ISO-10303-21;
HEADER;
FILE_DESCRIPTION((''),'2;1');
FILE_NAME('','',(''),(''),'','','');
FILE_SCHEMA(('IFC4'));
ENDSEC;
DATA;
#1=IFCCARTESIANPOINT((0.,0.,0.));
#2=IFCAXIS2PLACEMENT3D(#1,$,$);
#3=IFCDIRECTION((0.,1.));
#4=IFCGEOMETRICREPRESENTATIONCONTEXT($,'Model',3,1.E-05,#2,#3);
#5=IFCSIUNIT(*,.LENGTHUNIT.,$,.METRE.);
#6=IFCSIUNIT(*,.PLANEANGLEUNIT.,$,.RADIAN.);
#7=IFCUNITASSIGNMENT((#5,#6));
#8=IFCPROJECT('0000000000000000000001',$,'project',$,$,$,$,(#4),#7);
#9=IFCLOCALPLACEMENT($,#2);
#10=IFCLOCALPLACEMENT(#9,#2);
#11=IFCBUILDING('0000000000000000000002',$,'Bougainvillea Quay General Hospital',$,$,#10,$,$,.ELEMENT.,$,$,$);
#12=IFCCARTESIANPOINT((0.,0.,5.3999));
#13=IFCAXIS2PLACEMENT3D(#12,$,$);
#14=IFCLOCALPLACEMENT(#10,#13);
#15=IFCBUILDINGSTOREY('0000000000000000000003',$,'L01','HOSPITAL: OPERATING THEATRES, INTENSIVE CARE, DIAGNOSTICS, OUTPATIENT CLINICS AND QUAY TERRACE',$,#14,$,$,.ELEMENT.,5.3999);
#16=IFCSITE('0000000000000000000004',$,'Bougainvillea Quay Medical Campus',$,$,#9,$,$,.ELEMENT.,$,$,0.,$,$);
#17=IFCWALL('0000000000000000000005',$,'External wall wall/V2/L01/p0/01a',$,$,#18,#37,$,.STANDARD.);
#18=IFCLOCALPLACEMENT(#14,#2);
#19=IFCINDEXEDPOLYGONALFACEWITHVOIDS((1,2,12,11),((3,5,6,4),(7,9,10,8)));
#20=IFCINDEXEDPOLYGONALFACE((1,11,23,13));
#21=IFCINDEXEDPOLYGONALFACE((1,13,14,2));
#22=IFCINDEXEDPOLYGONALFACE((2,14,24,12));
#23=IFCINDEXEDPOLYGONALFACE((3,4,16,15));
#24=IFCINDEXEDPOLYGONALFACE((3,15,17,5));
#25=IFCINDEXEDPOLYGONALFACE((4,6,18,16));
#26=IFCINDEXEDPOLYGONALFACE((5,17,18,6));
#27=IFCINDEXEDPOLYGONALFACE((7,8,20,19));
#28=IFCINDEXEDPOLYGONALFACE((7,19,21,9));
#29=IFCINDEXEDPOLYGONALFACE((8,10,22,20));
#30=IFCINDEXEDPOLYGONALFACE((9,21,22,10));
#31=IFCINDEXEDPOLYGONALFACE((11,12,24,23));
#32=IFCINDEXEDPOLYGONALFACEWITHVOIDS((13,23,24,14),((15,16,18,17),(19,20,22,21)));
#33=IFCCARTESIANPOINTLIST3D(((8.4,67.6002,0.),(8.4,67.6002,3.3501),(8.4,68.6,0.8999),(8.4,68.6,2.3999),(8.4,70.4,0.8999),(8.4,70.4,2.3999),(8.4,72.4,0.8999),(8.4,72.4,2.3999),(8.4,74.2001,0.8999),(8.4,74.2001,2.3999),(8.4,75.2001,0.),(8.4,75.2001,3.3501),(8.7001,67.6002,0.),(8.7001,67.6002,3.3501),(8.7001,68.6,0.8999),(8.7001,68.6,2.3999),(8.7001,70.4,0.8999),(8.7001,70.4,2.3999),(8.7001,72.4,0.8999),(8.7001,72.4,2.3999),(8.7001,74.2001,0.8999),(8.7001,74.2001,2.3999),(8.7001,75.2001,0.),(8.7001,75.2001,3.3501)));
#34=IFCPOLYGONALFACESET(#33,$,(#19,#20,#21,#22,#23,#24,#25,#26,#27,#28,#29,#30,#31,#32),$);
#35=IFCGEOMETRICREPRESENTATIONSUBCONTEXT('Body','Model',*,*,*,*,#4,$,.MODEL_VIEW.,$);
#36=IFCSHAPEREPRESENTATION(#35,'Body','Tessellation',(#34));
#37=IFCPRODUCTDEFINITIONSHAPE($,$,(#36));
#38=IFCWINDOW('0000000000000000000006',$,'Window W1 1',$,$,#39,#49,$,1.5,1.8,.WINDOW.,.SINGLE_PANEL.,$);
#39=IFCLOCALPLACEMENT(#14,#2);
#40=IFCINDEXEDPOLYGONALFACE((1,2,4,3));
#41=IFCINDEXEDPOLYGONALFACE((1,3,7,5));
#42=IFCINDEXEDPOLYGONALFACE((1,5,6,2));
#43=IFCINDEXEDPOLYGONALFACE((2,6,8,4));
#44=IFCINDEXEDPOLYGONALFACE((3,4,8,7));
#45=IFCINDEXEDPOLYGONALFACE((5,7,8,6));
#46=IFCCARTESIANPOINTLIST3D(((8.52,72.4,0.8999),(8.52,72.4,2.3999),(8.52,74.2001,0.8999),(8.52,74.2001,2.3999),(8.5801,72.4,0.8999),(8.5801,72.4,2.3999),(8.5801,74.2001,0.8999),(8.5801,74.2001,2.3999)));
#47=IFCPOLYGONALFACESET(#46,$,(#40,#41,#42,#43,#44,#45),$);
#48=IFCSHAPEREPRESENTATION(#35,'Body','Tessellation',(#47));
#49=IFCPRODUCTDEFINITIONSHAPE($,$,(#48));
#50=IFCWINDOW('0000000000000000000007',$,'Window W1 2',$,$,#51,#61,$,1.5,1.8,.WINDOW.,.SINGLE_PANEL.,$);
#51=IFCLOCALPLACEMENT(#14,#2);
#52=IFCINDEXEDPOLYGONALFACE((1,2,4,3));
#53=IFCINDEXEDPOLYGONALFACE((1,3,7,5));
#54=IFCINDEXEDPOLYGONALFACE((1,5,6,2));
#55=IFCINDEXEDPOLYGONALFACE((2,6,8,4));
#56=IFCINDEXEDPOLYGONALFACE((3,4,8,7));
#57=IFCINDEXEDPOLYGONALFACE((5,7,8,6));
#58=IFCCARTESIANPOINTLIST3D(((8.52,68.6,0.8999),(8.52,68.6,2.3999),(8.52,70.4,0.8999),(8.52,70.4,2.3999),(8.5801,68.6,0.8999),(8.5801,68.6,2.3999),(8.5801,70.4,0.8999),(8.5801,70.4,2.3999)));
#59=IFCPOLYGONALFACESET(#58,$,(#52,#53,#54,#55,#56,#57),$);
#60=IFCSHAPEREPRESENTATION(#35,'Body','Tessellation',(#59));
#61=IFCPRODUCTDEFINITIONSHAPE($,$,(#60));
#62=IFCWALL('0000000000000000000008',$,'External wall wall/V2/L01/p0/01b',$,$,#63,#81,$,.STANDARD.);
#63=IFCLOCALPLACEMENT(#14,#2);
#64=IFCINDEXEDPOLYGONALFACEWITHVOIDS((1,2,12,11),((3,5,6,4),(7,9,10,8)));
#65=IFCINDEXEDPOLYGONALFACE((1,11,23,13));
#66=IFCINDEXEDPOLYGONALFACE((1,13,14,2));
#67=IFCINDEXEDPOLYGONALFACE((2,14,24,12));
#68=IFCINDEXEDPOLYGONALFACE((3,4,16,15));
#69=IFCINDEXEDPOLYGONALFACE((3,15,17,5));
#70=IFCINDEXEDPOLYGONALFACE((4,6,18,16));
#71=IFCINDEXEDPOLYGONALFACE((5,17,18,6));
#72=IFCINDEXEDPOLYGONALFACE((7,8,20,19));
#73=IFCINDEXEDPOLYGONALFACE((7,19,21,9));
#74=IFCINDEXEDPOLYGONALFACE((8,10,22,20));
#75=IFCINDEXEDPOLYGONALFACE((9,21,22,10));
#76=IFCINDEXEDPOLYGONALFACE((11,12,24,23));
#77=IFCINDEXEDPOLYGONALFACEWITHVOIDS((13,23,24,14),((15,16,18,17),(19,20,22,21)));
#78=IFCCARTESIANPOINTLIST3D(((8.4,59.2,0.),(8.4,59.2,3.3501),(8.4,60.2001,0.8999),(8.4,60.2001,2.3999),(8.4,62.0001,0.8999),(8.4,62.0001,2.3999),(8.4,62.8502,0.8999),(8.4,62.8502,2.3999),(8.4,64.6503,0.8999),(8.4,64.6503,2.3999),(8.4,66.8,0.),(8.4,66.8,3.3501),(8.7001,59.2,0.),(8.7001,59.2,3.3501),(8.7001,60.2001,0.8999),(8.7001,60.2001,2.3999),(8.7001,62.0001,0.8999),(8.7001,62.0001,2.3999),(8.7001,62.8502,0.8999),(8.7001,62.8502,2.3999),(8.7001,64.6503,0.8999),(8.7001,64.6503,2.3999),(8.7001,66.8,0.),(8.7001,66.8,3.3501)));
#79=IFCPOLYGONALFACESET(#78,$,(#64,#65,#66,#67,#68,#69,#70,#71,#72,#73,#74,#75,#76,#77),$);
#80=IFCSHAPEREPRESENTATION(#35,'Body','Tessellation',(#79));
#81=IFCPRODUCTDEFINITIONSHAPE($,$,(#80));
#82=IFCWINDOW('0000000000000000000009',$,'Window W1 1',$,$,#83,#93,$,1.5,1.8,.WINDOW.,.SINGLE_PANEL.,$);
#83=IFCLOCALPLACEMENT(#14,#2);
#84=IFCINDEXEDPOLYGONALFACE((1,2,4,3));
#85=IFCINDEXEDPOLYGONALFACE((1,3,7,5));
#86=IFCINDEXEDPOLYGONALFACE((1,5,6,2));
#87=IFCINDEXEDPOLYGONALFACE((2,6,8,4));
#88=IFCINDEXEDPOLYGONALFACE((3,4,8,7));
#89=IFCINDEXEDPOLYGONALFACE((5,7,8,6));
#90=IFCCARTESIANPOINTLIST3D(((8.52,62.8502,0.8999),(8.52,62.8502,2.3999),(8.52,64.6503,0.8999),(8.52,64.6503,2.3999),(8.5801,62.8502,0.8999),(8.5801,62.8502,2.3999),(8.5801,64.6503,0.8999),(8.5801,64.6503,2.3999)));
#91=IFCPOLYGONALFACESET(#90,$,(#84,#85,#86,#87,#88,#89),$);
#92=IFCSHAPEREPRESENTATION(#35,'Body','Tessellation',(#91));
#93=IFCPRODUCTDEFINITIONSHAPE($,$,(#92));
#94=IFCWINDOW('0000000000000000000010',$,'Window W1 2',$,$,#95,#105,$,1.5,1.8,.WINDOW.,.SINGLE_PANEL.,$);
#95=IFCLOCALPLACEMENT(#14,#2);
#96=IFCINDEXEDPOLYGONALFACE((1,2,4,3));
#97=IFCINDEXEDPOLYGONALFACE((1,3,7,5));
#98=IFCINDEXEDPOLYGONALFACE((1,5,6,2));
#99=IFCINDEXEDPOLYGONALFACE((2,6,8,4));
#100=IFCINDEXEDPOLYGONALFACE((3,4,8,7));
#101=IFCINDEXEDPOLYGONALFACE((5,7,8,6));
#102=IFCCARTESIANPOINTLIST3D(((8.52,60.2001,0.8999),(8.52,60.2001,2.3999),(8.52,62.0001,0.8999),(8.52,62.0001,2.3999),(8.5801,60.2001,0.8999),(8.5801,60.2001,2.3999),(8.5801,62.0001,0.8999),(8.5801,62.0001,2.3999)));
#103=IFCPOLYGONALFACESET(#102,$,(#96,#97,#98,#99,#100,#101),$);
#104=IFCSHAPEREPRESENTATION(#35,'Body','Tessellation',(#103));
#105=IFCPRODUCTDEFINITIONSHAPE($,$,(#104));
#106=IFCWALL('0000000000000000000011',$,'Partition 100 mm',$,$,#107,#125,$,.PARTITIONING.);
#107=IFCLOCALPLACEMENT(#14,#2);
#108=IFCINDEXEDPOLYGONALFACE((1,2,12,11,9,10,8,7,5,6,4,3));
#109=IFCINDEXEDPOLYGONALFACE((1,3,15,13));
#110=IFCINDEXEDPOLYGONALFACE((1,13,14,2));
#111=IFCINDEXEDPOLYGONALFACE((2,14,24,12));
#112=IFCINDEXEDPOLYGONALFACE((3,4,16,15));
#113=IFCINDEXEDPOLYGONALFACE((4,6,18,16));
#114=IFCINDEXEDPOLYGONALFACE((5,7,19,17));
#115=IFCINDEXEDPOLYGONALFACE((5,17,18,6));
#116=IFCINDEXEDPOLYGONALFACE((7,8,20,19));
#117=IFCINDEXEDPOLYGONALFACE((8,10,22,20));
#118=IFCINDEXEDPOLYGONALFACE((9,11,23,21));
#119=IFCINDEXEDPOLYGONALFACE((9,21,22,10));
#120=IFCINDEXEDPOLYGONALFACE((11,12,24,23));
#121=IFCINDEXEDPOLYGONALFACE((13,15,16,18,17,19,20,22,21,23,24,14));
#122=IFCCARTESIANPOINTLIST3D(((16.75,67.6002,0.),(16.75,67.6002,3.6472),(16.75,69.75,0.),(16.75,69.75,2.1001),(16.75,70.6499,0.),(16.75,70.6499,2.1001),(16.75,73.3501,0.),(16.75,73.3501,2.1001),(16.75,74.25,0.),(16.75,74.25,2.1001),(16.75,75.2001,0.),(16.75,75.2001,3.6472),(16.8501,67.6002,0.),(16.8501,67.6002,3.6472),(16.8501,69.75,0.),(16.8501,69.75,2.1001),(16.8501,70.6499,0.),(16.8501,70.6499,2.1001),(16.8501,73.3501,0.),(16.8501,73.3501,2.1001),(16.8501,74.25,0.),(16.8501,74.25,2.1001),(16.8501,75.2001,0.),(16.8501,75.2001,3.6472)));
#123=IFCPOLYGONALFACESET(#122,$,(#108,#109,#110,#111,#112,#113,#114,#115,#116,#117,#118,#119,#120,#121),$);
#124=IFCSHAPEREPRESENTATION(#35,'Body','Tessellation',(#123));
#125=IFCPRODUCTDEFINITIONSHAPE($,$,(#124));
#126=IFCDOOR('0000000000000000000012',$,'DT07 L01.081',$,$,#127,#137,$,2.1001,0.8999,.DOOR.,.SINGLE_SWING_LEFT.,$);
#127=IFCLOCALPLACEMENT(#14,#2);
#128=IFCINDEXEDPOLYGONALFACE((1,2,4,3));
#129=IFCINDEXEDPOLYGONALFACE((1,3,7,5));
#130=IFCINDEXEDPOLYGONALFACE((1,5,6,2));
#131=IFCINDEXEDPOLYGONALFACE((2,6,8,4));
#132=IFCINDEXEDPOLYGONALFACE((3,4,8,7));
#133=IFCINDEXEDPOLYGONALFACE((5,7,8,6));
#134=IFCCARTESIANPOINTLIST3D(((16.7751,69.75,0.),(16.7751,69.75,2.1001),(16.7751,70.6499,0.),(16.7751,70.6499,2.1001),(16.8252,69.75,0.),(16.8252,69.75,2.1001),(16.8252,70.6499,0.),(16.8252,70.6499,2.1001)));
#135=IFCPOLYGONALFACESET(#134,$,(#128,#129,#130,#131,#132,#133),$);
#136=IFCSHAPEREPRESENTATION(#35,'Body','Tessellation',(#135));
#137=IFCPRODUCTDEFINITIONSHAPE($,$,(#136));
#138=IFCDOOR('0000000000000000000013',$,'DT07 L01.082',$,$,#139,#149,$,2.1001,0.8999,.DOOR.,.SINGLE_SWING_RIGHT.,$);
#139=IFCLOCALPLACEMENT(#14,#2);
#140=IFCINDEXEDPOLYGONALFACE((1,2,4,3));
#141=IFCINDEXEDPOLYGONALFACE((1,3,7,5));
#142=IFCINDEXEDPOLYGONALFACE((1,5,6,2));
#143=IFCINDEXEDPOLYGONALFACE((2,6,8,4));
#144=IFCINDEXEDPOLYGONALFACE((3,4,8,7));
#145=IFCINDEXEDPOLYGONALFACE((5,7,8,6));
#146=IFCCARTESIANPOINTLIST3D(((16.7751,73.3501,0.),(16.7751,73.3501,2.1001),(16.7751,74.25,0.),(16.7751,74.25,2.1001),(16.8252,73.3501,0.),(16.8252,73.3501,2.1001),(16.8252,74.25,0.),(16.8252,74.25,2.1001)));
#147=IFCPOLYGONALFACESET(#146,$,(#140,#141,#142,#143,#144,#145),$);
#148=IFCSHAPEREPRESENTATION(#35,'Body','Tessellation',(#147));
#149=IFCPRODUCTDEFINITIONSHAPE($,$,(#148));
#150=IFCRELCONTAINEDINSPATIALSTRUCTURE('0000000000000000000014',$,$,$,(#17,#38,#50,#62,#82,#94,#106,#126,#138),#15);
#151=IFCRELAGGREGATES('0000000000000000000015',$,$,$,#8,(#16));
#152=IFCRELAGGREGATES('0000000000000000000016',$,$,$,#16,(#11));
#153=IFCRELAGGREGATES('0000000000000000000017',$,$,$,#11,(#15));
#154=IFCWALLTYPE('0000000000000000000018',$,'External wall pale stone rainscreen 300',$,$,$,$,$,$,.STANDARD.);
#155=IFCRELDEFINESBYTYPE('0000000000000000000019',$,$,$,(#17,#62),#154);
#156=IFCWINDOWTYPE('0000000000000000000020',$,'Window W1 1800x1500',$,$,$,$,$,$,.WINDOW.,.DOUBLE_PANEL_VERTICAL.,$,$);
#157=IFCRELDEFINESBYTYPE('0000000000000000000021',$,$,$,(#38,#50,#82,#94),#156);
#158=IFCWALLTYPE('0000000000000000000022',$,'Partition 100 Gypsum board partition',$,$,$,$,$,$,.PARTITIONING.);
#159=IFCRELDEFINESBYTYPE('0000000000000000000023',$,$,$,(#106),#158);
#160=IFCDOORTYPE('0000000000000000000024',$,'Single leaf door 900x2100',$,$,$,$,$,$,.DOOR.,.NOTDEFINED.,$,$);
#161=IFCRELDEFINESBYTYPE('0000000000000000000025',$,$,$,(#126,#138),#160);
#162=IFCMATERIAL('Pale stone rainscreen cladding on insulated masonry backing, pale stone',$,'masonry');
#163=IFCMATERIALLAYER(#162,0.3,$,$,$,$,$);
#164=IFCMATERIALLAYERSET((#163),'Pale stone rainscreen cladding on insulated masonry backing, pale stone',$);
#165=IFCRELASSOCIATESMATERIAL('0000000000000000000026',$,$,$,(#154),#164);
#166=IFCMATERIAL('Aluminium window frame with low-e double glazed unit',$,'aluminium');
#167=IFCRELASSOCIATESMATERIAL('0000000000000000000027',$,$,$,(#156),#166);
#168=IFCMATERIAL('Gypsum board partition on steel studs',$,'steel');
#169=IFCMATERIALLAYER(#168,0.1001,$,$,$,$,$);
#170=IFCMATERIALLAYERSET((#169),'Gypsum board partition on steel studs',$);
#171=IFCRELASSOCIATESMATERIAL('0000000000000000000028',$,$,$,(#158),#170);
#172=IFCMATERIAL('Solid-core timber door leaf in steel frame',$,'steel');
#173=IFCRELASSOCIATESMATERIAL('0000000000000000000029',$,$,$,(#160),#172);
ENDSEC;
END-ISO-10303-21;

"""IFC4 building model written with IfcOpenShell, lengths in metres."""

from ifc_helpers import new_model, si_unit, direction, frame, frame_2d, origin, place, context, subcontext, project, spatial, rectangle, extrude, material, layer, layer_set, type_object, element, fill, save


model = new_model("IFC4")

# Units and contexts
model_context = context("Model", 3, precision=1e-05, world=origin(), true_north=direction((0.0, 1.0)))
body_context = subcontext(model_context, "Body", "Model", "MODEL_VIEW")
ifc_project = project(units=[si_unit("LENGTHUNIT", "METRE"), si_unit("PLANEANGLEUNIT", "RADIAN")], contexts=[model_context])

# Site, building, storey
site_placement = place(None, origin())
site = spatial("IfcSite", under=ifc_project, at=site_placement, Name="Bougainvillea Quay Medical Campus", CompositionType="ELEMENT", RefElevation=0.0)
building_placement = place(site_placement, origin())
building = spatial("IfcBuilding", under=site, at=building_placement, Name="Bougainvillea Quay General Hospital", CompositionType="ELEMENT")
storey_placement = place(building_placement, frame((0.0, 0.0, 5.3999)))
storey = spatial("IfcBuildingStorey", under=building, at=storey_placement, Name="L01", Description="HOSPITAL: OPERATING THEATRES, INTENSIVE CARE, DIAGNOSTICS, OUTPATIENT CLINICS AND QUAY TERRACE", CompositionType="ELEMENT", Elevation=5.3999)

# Walls, openings, windows
ifc_material_1 = material(Name="Pale stone rainscreen cladding on insulated masonry backing, pale stone", Category="masonry")
ifc_layer_1 = layer(ifc_material_1, 0.3)
ifc_layer_set_1 = layer_set([ifc_layer_1], Name="Pale stone rainscreen cladding on insulated masonry backing, pale stone")
wall_type_1 = type_object("IfcWallType", Name="External wall pale stone rainscreen 300", PredefinedType="STANDARD", material=ifc_layer_set_1)
ifc_material_2 = material(Name="Aluminium window frame with low-e double glazed unit", Category="aluminium")
window_type = type_object("IfcWindowType", Name="Window W1 1800x1500", PartitioningType="DOUBLE_PANEL_VERTICAL", PredefinedType="WINDOW", material=ifc_material_2)
wall_1_placement = place(storey_placement, frame((8.55, 75.2, 0.0), z_axis=(0.0, 0.0, 1.0), x_axis=(0.0, -1.0, 0.0)))
wall_1 = element("IfcWall", 1, at=wall_1_placement, inside=storey, type_object=wall_type_1, Name="External wall wall/V2/L01/p0/01a", PredefinedType="STANDARD", context=body_context, shape_type="SweptSolid", body=[
    extrude(rectangle(XDim=7.5999, YDim=0.3, at=frame_2d((3.7998, 0.0))), origin(), (0.0, 0.0, 1.0), 3.3501),
])
opening_1_placement = place(wall_1_placement, frame((1.0, 0.0, 0.8999)))
opening_1 = element("IfcOpeningElement", 2, at=opening_1_placement, cuts=wall_1, PredefinedType="OPENING", context=body_context, shape_type="SweptSolid", body=[
    extrude(rectangle(XDim=1.8, YDim=1.5, at=frame_2d((0.8999, 0.75))), frame((0.0, 0.1599, 0.0), z_axis=(0.0, -1.0, 0.0), x_axis=(1.0, 0.0, 0.0)), (0.0, 0.0, 1.0), 0.3201),
])
opening_2_placement = place(wall_1_placement, frame((4.8, 0.0, 0.8999)))
opening_2 = element("IfcOpeningElement", 3, at=opening_2_placement, cuts=wall_1, PredefinedType="OPENING", context=body_context, shape_type="SweptSolid", body=[
    extrude(rectangle(XDim=1.8, YDim=1.5, at=frame_2d((0.8999, 0.75))), frame((0.0, 0.1599, 0.0), z_axis=(0.0, -1.0, 0.0), x_axis=(1.0, 0.0, 0.0)), (0.0, 0.0, 1.0), 0.3201),
])
window_1_placement = place(opening_1_placement, origin())
window_1 = element("IfcWindow", 4, at=window_1_placement, inside=storey, type_object=window_type, Name="Window W1 1", OverallHeight=1.5, OverallWidth=1.8, PartitioningType="SINGLE_PANEL", PredefinedType="WINDOW", context=body_context, shape_type="SweptSolid", body=[
    extrude(rectangle(XDim=1.8, YDim=1.5, at=frame_2d((0.8999, 0.75))), frame((0.0, 0.03, 0.0), z_axis=(0.0, -1.0, 0.0), x_axis=(1.0, 0.0, 0.0)), (0.0, 0.0, 1.0), 0.0601),
])
fill(opening_1, window_1)
window_2_placement = place(opening_2_placement, origin())
window_2 = element("IfcWindow", 5, at=window_2_placement, inside=storey, type_object=window_type, Name="Window W1 2", OverallHeight=1.5, OverallWidth=1.8, PartitioningType="SINGLE_PANEL", PredefinedType="WINDOW", context=body_context, shape_type="SweptSolid", body=[
    extrude(rectangle(XDim=1.8, YDim=1.5, at=frame_2d((0.8999, 0.75))), frame((0.0, 0.03, 0.0), z_axis=(0.0, -1.0, 0.0), x_axis=(1.0, 0.0, 0.0)), (0.0, 0.0, 1.0), 0.0601),
])
fill(opening_2, window_2)
wall_2_placement = place(storey_placement, frame((8.55, 66.8, 0.0), z_axis=(0.0, 0.0, 1.0), x_axis=(0.0, -1.0, 0.0)))
wall_2 = element("IfcWall", 6, at=wall_2_placement, inside=storey, type_object=wall_type_1, Name="External wall wall/V2/L01/p0/01b", PredefinedType="STANDARD", context=body_context, shape_type="SweptSolid", body=[
    extrude(rectangle(XDim=7.6001, YDim=0.3, at=frame_2d((3.8, 0.0))), origin(), (0.0, 0.0, 1.0), 3.3501),
])
opening_3_placement = place(wall_2_placement, frame((2.1499, 0.0, 0.8999)))
opening_3 = element("IfcOpeningElement", 7, at=opening_3_placement, cuts=wall_2, PredefinedType="OPENING", context=body_context, shape_type="SweptSolid", body=[
    extrude(rectangle(XDim=1.8, YDim=1.5, at=frame_2d((0.8999, 0.75))), frame((0.0, 0.1599, 0.0), z_axis=(0.0, -1.0, 0.0), x_axis=(1.0, 0.0, 0.0)), (0.0, 0.0, 1.0), 0.3201),
])
opening_4_placement = place(wall_2_placement, frame((4.8, 0.0, 0.8999)))
opening_4 = element("IfcOpeningElement", 8, at=opening_4_placement, cuts=wall_2, PredefinedType="OPENING", context=body_context, shape_type="SweptSolid", body=[
    extrude(rectangle(XDim=1.8, YDim=1.5, at=frame_2d((0.8999, 0.75))), frame((0.0, 0.1599, 0.0), z_axis=(0.0, -1.0, 0.0), x_axis=(1.0, 0.0, 0.0)), (0.0, 0.0, 1.0), 0.3201),
])
window_3_placement = place(opening_3_placement, origin())
window_3 = element("IfcWindow", 9, at=window_3_placement, inside=storey, type_object=window_type, Name="Window W1 1", OverallHeight=1.5, OverallWidth=1.8, PartitioningType="SINGLE_PANEL", PredefinedType="WINDOW", context=body_context, shape_type="SweptSolid", body=[
    extrude(rectangle(XDim=1.8, YDim=1.5, at=frame_2d((0.8999, 0.75))), frame((0.0, 0.03, 0.0), z_axis=(0.0, -1.0, 0.0), x_axis=(1.0, 0.0, 0.0)), (0.0, 0.0, 1.0), 0.0601),
])
fill(opening_3, window_3)
window_4_placement = place(opening_4_placement, origin())
window_4 = element("IfcWindow", 10, at=window_4_placement, inside=storey, type_object=window_type, Name="Window W1 2", OverallHeight=1.5, OverallWidth=1.8, PartitioningType="SINGLE_PANEL", PredefinedType="WINDOW", context=body_context, shape_type="SweptSolid", body=[
    extrude(rectangle(XDim=1.8, YDim=1.5, at=frame_2d((0.8999, 0.75))), frame((0.0, 0.03, 0.0), z_axis=(0.0, -1.0, 0.0), x_axis=(1.0, 0.0, 0.0)), (0.0, 0.0, 1.0), 0.0601),
])
fill(opening_4, window_4)

# Wall, openings, doors
ifc_material_3 = material(Name="Gypsum board partition on steel studs", Category="steel")
ifc_layer_2 = layer(ifc_material_3, 0.1001)
ifc_layer_set_2 = layer_set([ifc_layer_2], Name="Gypsum board partition on steel studs")
wall_type_2 = type_object("IfcWallType", Name="Partition 100 Gypsum board partition", PredefinedType="PARTITIONING", material=ifc_layer_set_2)
wall_3_placement = place(storey_placement, frame((16.8, 75.2, 0.0), z_axis=(0.0, 0.0, 1.0), x_axis=(0.0, -1.0, 0.0)))
wall_3 = element("IfcWall", 11, at=wall_3_placement, inside=storey, type_object=wall_type_2, Name="Partition 100 mm", PredefinedType="PARTITIONING", context=body_context, shape_type="SweptSolid", body=[
    extrude(rectangle(XDim=7.5999, YDim=0.1001, at=frame_2d((3.7998, 0.0))), origin(), (0.0, 0.0, 1.0), 3.6472),
])
opening_5_placement = place(wall_3_placement, frame((4.55, 0.0, 0.0)))
opening_5 = element("IfcOpeningElement", 12, at=opening_5_placement, cuts=wall_3, PredefinedType="OPENING", context=body_context, shape_type="SweptSolid", body=[
    extrude(rectangle(XDim=0.8999, YDim=2.1001, at=frame_2d((0.45, 1.05))), frame((0.0, 0.0601, 0.0), z_axis=(0.0, -1.0, 0.0), x_axis=(1.0, 0.0, 0.0)), (0.0, 0.0, 1.0), 0.1201),
])
opening_6_placement = place(wall_3_placement, frame((0.95, 0.0, 0.0)))
opening_6 = element("IfcOpeningElement", 13, at=opening_6_placement, cuts=wall_3, PredefinedType="OPENING", context=body_context, shape_type="SweptSolid", body=[
    extrude(rectangle(XDim=0.8999, YDim=2.1001, at=frame_2d((0.45, 1.05))), frame((0.0, 0.0601, 0.0), z_axis=(0.0, -1.0, 0.0), x_axis=(1.0, 0.0, 0.0)), (0.0, 0.0, 1.0), 0.1201),
])
ifc_material_4 = material(Name="Solid-core timber door leaf in steel frame", Category="steel")
door_type_1 = type_object("IfcDoorType", Name="Single leaf door 900x2100", OperationType="NOTDEFINED", PredefinedType="DOOR", material=ifc_material_4)
door_1_placement = place(opening_5_placement, frame((0.8999, 0.0, 0.0), z_axis=(0.0, 0.0, 1.0), x_axis=(-1.0, 0.0, 0.0)))
door_1 = element("IfcDoor", 14, at=door_1_placement, inside=storey, type_object=door_type_1, Name="DT07 L01.081", OperationType="SINGLE_SWING_LEFT", OverallHeight=2.1001, OverallWidth=0.8999, PredefinedType="DOOR", context=body_context, shape_type="SweptSolid", body=[
    extrude(rectangle(XDim=0.8999, YDim=2.1001, at=frame_2d((0.45, 1.05))), frame((0.0, 0.0249, 0.0), z_axis=(0.0, -1.0, 0.0), x_axis=(1.0, 0.0, 0.0)), (0.0, 0.0, 1.0), 0.05),
])
fill(opening_5, door_1)
door_2_placement = place(opening_6_placement, frame((0.8999, 0.0, 0.0), z_axis=(0.0, 0.0, 1.0), x_axis=(-1.0, 0.0, 0.0)))
door_2 = element("IfcDoor", 15, at=door_2_placement, inside=storey, type_object=door_type_1, Name="DT07 L01.082", OperationType="SINGLE_SWING_RIGHT", OverallHeight=2.1001, OverallWidth=0.8999, PredefinedType="DOOR", context=body_context, shape_type="SweptSolid", body=[
    extrude(rectangle(XDim=0.8999, YDim=2.1001, at=frame_2d((0.45, 1.05))), frame((0.0, 0.0249, 0.0), z_axis=(0.0, -1.0, 0.0), x_axis=(1.0, 0.0, 0.0)), (0.0, 0.0, 1.0), 0.05),
])
fill(opening_6, door_2)

save(model, "model.ifc")
